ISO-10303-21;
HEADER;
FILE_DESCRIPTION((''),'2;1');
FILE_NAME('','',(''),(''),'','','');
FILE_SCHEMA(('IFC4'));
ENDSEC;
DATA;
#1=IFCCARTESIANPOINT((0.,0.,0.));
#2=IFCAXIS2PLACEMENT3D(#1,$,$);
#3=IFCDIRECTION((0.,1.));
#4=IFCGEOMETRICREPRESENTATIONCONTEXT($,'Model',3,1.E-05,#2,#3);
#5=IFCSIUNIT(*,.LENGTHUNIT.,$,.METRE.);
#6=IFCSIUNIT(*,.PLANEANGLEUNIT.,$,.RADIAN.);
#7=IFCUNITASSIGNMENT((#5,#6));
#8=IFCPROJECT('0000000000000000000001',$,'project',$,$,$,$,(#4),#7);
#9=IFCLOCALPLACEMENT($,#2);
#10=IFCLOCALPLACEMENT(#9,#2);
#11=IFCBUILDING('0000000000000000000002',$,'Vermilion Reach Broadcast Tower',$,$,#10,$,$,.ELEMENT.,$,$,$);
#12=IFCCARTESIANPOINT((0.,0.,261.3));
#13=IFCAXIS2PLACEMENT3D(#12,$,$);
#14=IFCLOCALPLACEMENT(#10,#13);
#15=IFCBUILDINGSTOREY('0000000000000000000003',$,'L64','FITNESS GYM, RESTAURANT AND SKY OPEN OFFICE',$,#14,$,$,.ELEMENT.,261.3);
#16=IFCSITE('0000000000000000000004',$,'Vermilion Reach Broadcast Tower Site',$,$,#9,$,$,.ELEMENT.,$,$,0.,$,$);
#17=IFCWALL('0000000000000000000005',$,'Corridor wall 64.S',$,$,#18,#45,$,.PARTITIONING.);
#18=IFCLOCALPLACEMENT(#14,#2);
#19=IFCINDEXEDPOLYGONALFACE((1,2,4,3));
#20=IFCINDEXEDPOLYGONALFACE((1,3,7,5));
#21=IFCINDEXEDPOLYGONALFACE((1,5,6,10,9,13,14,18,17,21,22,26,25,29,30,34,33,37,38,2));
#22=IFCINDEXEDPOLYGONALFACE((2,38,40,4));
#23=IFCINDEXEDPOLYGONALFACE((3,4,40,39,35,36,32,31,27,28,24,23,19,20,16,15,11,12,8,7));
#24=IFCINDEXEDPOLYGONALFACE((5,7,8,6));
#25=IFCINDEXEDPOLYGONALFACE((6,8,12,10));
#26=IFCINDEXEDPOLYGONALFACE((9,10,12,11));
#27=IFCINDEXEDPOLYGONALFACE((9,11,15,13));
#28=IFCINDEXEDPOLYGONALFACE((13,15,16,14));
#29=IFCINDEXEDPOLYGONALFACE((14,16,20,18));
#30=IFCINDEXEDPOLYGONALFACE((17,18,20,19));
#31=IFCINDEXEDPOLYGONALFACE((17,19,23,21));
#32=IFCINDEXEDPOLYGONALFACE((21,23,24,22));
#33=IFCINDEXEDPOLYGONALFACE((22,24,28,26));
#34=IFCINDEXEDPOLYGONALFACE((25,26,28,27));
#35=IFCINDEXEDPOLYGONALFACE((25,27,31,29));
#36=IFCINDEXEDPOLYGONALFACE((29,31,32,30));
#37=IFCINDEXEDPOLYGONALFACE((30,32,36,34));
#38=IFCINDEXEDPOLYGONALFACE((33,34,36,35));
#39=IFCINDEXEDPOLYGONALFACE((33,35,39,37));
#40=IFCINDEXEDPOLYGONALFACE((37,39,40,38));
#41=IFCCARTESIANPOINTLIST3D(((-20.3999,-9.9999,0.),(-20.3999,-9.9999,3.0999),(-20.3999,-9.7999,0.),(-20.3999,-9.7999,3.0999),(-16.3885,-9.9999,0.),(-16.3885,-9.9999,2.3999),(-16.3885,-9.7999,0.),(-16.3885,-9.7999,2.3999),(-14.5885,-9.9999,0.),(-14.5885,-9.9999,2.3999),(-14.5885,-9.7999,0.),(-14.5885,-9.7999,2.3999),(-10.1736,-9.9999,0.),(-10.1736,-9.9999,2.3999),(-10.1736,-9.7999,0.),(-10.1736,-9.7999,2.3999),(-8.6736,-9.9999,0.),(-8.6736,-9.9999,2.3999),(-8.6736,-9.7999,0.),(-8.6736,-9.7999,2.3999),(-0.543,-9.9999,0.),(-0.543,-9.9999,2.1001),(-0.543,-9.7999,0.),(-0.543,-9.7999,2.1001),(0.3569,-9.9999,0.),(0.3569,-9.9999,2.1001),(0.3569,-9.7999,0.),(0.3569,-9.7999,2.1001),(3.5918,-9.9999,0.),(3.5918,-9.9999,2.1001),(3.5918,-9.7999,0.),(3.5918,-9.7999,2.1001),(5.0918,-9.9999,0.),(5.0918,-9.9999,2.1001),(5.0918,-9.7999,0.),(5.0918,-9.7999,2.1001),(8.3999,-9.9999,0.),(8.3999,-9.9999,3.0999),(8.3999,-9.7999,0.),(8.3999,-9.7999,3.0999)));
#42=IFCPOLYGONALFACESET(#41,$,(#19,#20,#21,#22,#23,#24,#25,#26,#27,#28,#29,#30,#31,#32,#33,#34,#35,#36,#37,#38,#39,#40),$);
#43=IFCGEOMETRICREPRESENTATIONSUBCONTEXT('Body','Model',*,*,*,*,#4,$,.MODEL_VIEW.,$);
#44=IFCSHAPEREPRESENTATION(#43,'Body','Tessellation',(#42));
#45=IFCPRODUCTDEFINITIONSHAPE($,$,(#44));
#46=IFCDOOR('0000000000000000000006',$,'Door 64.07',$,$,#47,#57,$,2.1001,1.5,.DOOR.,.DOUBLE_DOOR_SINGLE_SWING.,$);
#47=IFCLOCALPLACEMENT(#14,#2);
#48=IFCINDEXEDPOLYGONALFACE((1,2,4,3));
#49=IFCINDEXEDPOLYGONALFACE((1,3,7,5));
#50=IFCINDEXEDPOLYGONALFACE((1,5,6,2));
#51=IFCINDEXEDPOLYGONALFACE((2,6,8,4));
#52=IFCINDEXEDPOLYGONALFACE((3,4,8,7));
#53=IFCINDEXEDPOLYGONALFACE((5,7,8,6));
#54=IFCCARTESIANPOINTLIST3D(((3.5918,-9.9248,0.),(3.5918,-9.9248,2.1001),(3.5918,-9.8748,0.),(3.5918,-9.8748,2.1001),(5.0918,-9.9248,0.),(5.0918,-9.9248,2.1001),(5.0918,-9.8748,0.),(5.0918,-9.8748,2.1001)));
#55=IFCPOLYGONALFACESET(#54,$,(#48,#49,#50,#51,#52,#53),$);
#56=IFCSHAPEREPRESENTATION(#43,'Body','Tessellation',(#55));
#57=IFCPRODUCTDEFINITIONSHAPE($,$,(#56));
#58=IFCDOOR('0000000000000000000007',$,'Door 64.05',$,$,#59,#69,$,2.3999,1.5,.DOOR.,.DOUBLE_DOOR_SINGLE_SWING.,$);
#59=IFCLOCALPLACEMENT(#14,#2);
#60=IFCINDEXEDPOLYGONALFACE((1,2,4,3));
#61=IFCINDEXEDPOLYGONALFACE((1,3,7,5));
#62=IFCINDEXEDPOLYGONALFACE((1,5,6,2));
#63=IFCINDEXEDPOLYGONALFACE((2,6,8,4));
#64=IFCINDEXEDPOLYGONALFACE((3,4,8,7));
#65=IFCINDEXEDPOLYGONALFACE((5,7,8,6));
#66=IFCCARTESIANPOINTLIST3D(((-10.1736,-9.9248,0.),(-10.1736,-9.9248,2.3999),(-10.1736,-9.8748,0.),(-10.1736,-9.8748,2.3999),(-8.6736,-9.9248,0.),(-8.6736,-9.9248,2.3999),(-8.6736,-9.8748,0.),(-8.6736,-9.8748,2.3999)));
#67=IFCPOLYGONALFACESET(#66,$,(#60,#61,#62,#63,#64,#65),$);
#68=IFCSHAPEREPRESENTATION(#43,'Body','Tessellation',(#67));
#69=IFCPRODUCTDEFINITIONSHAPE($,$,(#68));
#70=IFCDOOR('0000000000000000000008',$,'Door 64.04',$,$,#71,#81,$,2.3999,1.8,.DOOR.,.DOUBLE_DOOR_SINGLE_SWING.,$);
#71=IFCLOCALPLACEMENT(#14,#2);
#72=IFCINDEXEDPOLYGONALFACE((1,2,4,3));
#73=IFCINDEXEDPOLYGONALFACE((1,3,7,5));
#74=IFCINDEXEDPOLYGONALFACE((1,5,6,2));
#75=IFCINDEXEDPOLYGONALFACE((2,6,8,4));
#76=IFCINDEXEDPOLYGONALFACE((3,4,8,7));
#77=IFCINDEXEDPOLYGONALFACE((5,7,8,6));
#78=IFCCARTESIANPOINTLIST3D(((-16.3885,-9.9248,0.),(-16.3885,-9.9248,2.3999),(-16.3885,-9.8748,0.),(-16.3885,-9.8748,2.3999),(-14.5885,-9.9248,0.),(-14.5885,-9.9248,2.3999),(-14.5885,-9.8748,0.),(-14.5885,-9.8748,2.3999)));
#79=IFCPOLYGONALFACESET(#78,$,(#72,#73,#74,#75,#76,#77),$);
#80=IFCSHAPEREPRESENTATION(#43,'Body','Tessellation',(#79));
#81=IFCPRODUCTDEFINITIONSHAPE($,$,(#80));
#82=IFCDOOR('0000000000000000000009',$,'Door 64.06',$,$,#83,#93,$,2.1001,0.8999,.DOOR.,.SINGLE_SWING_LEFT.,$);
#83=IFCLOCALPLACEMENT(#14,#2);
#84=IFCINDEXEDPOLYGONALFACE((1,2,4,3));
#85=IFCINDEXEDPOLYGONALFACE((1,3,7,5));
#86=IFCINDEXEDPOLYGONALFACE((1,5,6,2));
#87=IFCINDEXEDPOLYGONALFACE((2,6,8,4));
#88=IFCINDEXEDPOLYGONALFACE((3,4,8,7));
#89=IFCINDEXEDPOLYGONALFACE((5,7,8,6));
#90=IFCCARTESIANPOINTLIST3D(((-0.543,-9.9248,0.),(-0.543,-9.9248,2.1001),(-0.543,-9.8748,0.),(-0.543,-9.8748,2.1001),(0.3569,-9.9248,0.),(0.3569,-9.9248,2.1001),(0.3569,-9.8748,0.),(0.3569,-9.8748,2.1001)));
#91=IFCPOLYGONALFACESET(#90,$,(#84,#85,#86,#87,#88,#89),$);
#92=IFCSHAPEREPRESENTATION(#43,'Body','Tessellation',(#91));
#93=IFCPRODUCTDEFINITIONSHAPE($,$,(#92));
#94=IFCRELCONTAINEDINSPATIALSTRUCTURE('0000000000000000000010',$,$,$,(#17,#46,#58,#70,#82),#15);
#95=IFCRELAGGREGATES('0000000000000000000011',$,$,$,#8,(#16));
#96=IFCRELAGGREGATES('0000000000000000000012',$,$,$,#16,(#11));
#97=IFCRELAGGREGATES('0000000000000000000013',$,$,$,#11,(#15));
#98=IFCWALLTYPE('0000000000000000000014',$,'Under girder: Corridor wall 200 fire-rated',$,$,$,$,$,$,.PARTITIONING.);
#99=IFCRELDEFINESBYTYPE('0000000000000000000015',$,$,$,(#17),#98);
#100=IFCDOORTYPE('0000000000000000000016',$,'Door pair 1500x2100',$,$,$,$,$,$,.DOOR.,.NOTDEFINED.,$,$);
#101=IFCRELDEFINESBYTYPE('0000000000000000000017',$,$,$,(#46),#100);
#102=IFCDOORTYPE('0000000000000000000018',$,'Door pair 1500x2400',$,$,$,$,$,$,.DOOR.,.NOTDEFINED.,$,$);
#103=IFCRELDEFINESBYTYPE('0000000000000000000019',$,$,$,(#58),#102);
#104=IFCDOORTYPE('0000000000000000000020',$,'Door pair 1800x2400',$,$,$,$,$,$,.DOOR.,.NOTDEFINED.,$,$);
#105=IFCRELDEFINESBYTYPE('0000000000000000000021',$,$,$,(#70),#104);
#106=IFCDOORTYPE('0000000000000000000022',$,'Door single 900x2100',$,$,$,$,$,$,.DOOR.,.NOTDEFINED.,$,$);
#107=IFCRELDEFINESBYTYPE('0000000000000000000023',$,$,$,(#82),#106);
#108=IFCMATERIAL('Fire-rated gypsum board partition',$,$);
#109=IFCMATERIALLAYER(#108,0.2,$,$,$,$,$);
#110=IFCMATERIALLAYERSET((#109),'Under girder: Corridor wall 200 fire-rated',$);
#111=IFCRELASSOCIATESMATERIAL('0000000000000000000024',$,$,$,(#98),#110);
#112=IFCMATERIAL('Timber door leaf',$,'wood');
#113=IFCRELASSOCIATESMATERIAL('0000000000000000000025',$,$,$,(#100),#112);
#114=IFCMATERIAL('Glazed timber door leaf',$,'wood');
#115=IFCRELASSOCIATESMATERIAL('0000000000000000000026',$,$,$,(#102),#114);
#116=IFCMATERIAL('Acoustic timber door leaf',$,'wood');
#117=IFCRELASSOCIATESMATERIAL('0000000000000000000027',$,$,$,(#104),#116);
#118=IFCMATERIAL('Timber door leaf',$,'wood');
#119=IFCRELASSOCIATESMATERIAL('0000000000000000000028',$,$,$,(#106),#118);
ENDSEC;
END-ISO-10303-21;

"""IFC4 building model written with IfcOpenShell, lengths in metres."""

from ifc_helpers import new_model, si_unit, direction, frame, frame_2d, origin, place, context, subcontext, project, spatial, rectangle, extrude, material, layer, layer_set, type_object, element, fill, save


model = new_model("IFC4")

# Units and contexts
model_context = context("Model", 3, precision=1e-05, world=origin(), true_north=direction((0.0, 1.0)))
body_context = subcontext(model_context, "Body", "Model", "MODEL_VIEW")
ifc_project = project(units=[si_unit("LENGTHUNIT", "METRE"), si_unit("PLANEANGLEUNIT", "RADIAN")], contexts=[model_context])

# Site, building, storey
site_placement = place(None, origin())
site = spatial("IfcSite", under=ifc_project, at=site_placement, Name="Vermilion Reach Broadcast Tower Site", CompositionType="ELEMENT", RefElevation=0.0)
building_placement = place(site_placement, origin())
building = spatial("IfcBuilding", under=site, at=building_placement, Name="Vermilion Reach Broadcast Tower", CompositionType="ELEMENT")
storey_placement = place(building_placement, frame((0.0, 0.0, 261.3)))
storey = spatial("IfcBuildingStorey", under=building, at=storey_placement, Name="L64", Description="FITNESS GYM, RESTAURANT AND SKY OPEN OFFICE", CompositionType="ELEMENT", Elevation=261.3)

# Wall, openings, doors
ifc_material_1 = material(Name="Fire-rated gypsum board partition")
ifc_layer_1 = layer(ifc_material_1, 0.2)
ifc_layer_set_1 = layer_set([ifc_layer_1], Name="Under girder: Corridor wall 200 fire-rated")
wall_type_1 = type_object("IfcWallType", Name="Under girder: Corridor wall 200 fire-rated", PredefinedType="PARTITIONING", material=ifc_layer_set_1)
wall_1_placement = place(storey_placement, frame((8.3999, -9.8999, 0.0), z_axis=(0.0, 0.0, 1.0), x_axis=(-1.0, 0.0, 0.0)))
wall_1 = element("IfcWall", 1, at=wall_1_placement, inside=storey, type_object=wall_type_1, Name="Corridor wall 64.S", PredefinedType="PARTITIONING", context=body_context, shape_type="SweptSolid", body=[
    extrude(rectangle(XDim=28.7998, YDim=0.2, at=frame_2d((14.3999, 0.0))), origin(), (0.0, 0.0, 1.0), 3.0999),
])
opening_1_placement = place(wall_1_placement, frame((22.9885, 0.0, 0.0)))
opening_1 = element("IfcOpeningElement", 2, at=opening_1_placement, cuts=wall_1, PredefinedType="OPENING", context=body_context, shape_type="SweptSolid", body=[
    extrude(rectangle(XDim=1.8, YDim=2.3999, at=frame_2d((0.8999, 1.2))), frame((0.0, 0.1099, 0.0), z_axis=(0.0, -1.0, 0.0), x_axis=(1.0, 0.0, 0.0)), (0.0, 0.0, 1.0), 0.22),
])
opening_2_placement = place(wall_1_placement, frame((17.0735, 0.0, 0.0)))
opening_2 = element("IfcOpeningElement", 3, at=opening_2_placement, cuts=wall_1, PredefinedType="OPENING", context=body_context, shape_type="SweptSolid", body=[
    extrude(rectangle(XDim=1.5, YDim=2.3999, at=frame_2d((0.75, 1.2))), frame((0.0, 0.1099, 0.0), z_axis=(0.0, -1.0, 0.0), x_axis=(1.0, 0.0, 0.0)), (0.0, 0.0, 1.0), 0.22),
])
opening_3_placement = place(wall_1_placement, frame((8.043, 0.0, 0.0)))
opening_3 = element("IfcOpeningElement", 4, at=opening_3_placement, cuts=wall_1, PredefinedType="OPENING", context=body_context, shape_type="SweptSolid", body=[
    extrude(rectangle(XDim=0.8999, YDim=2.1001, at=frame_2d((0.45, 1.05))), frame((0.0, 0.1099, 0.0), z_axis=(0.0, -1.0, 0.0), x_axis=(1.0, 0.0, 0.0)), (0.0, 0.0, 1.0), 0.22),
])
opening_4_placement = place(wall_1_placement, frame((3.3081, 0.0, 0.0)))
opening_4 = element("IfcOpeningElement", 5, at=opening_4_placement, cuts=wall_1, PredefinedType="OPENING", context=body_context, shape_type="SweptSolid", body=[
    extrude(rectangle(XDim=1.5, YDim=2.1001, at=frame_2d((0.75, 1.05))), frame((0.0, 0.1099, 0.0), z_axis=(0.0, -1.0, 0.0), x_axis=(1.0, 0.0, 0.0)), (0.0, 0.0, 1.0), 0.22),
])
ifc_material_2 = material(Name="Timber door leaf", Category="wood")
door_type_1 = type_object("IfcDoorType", Name="Door pair 1500x2100", OperationType="NOTDEFINED", PredefinedType="DOOR", material=ifc_material_2)
door_1_placement = place(opening_4_placement, origin())
door_1 = element("IfcDoor", 6, at=door_1_placement, inside=storey, type_object=door_type_1, Name="Door 64.07", OperationType="DOUBLE_DOOR_SINGLE_SWING", OverallHeight=2.1001, OverallWidth=1.5, PredefinedType="DOOR", context=body_context, shape_type="SweptSolid", body=[
    extrude(rectangle(XDim=1.5, YDim=2.1001, at=frame_2d((0.75, 1.05))), frame((0.0, 0.0249, 0.0), z_axis=(0.0, -1.0, 0.0), x_axis=(1.0, 0.0, 0.0)), (0.0, 0.0, 1.0), 0.05),
])
fill(opening_4, door_1)
ifc_material_3 = material(Name="Glazed timber door leaf", Category="wood")
door_type_2 = type_object("IfcDoorType", Name="Door pair 1500x2400", OperationType="NOTDEFINED", PredefinedType="DOOR", material=ifc_material_3)
door_2_placement = place(opening_2_placement, origin())
door_2 = element("IfcDoor", 7, at=door_2_placement, inside=storey, type_object=door_type_2, Name="Door 64.05", OperationType="DOUBLE_DOOR_SINGLE_SWING", OverallHeight=2.3999, OverallWidth=1.5, PredefinedType="DOOR", context=body_context, shape_type="SweptSolid", body=[
    extrude(rectangle(XDim=1.5, YDim=2.3999, at=frame_2d((0.75, 1.2))), frame((0.0, 0.0249, 0.0), z_axis=(0.0, -1.0, 0.0), x_axis=(1.0, 0.0, 0.0)), (0.0, 0.0, 1.0), 0.05),
])
fill(opening_2, door_2)
ifc_material_4 = material(Name="Acoustic timber door leaf", Category="wood")
door_type_3 = type_object("IfcDoorType", Name="Door pair 1800x2400", OperationType="NOTDEFINED", PredefinedType="DOOR", material=ifc_material_4)
door_3_placement = place(opening_1_placement, origin())
door_3 = element("IfcDoor", 8, at=door_3_placement, inside=storey, type_object=door_type_3, Name="Door 64.04", OperationType="DOUBLE_DOOR_SINGLE_SWING", OverallHeight=2.3999, OverallWidth=1.8, PredefinedType="DOOR", context=body_context, shape_type="SweptSolid", body=[
    extrude(rectangle(XDim=1.8, YDim=2.3999, at=frame_2d((0.8999, 1.2))), frame((0.0, 0.0249, 0.0), z_axis=(0.0, -1.0, 0.0), x_axis=(1.0, 0.0, 0.0)), (0.0, 0.0, 1.0), 0.05),
])
fill(opening_1, door_3)
ifc_material_5 = material(Name="Timber door leaf", Category="wood")
door_type_4 = type_object("IfcDoorType", Name="Door single 900x2100", OperationType="NOTDEFINED", PredefinedType="DOOR", material=ifc_material_5)
door_4_placement = place(opening_3_placement, origin())
door_4 = element("IfcDoor", 9, at=door_4_placement, inside=storey, type_object=door_type_4, Name="Door 64.06", OperationType="SINGLE_SWING_LEFT", OverallHeight=2.1001, OverallWidth=0.8999, PredefinedType="DOOR", context=body_context, shape_type="SweptSolid", body=[
    extrude(rectangle(XDim=0.8999, YDim=2.1001, at=frame_2d((0.45, 1.05))), frame((0.0, 0.0249, 0.0), z_axis=(0.0, -1.0, 0.0), x_axis=(1.0, 0.0, 0.0)), (0.0, 0.0, 1.0), 0.05),
])
fill(opening_3, door_4)

save(model, "model.ifc")
